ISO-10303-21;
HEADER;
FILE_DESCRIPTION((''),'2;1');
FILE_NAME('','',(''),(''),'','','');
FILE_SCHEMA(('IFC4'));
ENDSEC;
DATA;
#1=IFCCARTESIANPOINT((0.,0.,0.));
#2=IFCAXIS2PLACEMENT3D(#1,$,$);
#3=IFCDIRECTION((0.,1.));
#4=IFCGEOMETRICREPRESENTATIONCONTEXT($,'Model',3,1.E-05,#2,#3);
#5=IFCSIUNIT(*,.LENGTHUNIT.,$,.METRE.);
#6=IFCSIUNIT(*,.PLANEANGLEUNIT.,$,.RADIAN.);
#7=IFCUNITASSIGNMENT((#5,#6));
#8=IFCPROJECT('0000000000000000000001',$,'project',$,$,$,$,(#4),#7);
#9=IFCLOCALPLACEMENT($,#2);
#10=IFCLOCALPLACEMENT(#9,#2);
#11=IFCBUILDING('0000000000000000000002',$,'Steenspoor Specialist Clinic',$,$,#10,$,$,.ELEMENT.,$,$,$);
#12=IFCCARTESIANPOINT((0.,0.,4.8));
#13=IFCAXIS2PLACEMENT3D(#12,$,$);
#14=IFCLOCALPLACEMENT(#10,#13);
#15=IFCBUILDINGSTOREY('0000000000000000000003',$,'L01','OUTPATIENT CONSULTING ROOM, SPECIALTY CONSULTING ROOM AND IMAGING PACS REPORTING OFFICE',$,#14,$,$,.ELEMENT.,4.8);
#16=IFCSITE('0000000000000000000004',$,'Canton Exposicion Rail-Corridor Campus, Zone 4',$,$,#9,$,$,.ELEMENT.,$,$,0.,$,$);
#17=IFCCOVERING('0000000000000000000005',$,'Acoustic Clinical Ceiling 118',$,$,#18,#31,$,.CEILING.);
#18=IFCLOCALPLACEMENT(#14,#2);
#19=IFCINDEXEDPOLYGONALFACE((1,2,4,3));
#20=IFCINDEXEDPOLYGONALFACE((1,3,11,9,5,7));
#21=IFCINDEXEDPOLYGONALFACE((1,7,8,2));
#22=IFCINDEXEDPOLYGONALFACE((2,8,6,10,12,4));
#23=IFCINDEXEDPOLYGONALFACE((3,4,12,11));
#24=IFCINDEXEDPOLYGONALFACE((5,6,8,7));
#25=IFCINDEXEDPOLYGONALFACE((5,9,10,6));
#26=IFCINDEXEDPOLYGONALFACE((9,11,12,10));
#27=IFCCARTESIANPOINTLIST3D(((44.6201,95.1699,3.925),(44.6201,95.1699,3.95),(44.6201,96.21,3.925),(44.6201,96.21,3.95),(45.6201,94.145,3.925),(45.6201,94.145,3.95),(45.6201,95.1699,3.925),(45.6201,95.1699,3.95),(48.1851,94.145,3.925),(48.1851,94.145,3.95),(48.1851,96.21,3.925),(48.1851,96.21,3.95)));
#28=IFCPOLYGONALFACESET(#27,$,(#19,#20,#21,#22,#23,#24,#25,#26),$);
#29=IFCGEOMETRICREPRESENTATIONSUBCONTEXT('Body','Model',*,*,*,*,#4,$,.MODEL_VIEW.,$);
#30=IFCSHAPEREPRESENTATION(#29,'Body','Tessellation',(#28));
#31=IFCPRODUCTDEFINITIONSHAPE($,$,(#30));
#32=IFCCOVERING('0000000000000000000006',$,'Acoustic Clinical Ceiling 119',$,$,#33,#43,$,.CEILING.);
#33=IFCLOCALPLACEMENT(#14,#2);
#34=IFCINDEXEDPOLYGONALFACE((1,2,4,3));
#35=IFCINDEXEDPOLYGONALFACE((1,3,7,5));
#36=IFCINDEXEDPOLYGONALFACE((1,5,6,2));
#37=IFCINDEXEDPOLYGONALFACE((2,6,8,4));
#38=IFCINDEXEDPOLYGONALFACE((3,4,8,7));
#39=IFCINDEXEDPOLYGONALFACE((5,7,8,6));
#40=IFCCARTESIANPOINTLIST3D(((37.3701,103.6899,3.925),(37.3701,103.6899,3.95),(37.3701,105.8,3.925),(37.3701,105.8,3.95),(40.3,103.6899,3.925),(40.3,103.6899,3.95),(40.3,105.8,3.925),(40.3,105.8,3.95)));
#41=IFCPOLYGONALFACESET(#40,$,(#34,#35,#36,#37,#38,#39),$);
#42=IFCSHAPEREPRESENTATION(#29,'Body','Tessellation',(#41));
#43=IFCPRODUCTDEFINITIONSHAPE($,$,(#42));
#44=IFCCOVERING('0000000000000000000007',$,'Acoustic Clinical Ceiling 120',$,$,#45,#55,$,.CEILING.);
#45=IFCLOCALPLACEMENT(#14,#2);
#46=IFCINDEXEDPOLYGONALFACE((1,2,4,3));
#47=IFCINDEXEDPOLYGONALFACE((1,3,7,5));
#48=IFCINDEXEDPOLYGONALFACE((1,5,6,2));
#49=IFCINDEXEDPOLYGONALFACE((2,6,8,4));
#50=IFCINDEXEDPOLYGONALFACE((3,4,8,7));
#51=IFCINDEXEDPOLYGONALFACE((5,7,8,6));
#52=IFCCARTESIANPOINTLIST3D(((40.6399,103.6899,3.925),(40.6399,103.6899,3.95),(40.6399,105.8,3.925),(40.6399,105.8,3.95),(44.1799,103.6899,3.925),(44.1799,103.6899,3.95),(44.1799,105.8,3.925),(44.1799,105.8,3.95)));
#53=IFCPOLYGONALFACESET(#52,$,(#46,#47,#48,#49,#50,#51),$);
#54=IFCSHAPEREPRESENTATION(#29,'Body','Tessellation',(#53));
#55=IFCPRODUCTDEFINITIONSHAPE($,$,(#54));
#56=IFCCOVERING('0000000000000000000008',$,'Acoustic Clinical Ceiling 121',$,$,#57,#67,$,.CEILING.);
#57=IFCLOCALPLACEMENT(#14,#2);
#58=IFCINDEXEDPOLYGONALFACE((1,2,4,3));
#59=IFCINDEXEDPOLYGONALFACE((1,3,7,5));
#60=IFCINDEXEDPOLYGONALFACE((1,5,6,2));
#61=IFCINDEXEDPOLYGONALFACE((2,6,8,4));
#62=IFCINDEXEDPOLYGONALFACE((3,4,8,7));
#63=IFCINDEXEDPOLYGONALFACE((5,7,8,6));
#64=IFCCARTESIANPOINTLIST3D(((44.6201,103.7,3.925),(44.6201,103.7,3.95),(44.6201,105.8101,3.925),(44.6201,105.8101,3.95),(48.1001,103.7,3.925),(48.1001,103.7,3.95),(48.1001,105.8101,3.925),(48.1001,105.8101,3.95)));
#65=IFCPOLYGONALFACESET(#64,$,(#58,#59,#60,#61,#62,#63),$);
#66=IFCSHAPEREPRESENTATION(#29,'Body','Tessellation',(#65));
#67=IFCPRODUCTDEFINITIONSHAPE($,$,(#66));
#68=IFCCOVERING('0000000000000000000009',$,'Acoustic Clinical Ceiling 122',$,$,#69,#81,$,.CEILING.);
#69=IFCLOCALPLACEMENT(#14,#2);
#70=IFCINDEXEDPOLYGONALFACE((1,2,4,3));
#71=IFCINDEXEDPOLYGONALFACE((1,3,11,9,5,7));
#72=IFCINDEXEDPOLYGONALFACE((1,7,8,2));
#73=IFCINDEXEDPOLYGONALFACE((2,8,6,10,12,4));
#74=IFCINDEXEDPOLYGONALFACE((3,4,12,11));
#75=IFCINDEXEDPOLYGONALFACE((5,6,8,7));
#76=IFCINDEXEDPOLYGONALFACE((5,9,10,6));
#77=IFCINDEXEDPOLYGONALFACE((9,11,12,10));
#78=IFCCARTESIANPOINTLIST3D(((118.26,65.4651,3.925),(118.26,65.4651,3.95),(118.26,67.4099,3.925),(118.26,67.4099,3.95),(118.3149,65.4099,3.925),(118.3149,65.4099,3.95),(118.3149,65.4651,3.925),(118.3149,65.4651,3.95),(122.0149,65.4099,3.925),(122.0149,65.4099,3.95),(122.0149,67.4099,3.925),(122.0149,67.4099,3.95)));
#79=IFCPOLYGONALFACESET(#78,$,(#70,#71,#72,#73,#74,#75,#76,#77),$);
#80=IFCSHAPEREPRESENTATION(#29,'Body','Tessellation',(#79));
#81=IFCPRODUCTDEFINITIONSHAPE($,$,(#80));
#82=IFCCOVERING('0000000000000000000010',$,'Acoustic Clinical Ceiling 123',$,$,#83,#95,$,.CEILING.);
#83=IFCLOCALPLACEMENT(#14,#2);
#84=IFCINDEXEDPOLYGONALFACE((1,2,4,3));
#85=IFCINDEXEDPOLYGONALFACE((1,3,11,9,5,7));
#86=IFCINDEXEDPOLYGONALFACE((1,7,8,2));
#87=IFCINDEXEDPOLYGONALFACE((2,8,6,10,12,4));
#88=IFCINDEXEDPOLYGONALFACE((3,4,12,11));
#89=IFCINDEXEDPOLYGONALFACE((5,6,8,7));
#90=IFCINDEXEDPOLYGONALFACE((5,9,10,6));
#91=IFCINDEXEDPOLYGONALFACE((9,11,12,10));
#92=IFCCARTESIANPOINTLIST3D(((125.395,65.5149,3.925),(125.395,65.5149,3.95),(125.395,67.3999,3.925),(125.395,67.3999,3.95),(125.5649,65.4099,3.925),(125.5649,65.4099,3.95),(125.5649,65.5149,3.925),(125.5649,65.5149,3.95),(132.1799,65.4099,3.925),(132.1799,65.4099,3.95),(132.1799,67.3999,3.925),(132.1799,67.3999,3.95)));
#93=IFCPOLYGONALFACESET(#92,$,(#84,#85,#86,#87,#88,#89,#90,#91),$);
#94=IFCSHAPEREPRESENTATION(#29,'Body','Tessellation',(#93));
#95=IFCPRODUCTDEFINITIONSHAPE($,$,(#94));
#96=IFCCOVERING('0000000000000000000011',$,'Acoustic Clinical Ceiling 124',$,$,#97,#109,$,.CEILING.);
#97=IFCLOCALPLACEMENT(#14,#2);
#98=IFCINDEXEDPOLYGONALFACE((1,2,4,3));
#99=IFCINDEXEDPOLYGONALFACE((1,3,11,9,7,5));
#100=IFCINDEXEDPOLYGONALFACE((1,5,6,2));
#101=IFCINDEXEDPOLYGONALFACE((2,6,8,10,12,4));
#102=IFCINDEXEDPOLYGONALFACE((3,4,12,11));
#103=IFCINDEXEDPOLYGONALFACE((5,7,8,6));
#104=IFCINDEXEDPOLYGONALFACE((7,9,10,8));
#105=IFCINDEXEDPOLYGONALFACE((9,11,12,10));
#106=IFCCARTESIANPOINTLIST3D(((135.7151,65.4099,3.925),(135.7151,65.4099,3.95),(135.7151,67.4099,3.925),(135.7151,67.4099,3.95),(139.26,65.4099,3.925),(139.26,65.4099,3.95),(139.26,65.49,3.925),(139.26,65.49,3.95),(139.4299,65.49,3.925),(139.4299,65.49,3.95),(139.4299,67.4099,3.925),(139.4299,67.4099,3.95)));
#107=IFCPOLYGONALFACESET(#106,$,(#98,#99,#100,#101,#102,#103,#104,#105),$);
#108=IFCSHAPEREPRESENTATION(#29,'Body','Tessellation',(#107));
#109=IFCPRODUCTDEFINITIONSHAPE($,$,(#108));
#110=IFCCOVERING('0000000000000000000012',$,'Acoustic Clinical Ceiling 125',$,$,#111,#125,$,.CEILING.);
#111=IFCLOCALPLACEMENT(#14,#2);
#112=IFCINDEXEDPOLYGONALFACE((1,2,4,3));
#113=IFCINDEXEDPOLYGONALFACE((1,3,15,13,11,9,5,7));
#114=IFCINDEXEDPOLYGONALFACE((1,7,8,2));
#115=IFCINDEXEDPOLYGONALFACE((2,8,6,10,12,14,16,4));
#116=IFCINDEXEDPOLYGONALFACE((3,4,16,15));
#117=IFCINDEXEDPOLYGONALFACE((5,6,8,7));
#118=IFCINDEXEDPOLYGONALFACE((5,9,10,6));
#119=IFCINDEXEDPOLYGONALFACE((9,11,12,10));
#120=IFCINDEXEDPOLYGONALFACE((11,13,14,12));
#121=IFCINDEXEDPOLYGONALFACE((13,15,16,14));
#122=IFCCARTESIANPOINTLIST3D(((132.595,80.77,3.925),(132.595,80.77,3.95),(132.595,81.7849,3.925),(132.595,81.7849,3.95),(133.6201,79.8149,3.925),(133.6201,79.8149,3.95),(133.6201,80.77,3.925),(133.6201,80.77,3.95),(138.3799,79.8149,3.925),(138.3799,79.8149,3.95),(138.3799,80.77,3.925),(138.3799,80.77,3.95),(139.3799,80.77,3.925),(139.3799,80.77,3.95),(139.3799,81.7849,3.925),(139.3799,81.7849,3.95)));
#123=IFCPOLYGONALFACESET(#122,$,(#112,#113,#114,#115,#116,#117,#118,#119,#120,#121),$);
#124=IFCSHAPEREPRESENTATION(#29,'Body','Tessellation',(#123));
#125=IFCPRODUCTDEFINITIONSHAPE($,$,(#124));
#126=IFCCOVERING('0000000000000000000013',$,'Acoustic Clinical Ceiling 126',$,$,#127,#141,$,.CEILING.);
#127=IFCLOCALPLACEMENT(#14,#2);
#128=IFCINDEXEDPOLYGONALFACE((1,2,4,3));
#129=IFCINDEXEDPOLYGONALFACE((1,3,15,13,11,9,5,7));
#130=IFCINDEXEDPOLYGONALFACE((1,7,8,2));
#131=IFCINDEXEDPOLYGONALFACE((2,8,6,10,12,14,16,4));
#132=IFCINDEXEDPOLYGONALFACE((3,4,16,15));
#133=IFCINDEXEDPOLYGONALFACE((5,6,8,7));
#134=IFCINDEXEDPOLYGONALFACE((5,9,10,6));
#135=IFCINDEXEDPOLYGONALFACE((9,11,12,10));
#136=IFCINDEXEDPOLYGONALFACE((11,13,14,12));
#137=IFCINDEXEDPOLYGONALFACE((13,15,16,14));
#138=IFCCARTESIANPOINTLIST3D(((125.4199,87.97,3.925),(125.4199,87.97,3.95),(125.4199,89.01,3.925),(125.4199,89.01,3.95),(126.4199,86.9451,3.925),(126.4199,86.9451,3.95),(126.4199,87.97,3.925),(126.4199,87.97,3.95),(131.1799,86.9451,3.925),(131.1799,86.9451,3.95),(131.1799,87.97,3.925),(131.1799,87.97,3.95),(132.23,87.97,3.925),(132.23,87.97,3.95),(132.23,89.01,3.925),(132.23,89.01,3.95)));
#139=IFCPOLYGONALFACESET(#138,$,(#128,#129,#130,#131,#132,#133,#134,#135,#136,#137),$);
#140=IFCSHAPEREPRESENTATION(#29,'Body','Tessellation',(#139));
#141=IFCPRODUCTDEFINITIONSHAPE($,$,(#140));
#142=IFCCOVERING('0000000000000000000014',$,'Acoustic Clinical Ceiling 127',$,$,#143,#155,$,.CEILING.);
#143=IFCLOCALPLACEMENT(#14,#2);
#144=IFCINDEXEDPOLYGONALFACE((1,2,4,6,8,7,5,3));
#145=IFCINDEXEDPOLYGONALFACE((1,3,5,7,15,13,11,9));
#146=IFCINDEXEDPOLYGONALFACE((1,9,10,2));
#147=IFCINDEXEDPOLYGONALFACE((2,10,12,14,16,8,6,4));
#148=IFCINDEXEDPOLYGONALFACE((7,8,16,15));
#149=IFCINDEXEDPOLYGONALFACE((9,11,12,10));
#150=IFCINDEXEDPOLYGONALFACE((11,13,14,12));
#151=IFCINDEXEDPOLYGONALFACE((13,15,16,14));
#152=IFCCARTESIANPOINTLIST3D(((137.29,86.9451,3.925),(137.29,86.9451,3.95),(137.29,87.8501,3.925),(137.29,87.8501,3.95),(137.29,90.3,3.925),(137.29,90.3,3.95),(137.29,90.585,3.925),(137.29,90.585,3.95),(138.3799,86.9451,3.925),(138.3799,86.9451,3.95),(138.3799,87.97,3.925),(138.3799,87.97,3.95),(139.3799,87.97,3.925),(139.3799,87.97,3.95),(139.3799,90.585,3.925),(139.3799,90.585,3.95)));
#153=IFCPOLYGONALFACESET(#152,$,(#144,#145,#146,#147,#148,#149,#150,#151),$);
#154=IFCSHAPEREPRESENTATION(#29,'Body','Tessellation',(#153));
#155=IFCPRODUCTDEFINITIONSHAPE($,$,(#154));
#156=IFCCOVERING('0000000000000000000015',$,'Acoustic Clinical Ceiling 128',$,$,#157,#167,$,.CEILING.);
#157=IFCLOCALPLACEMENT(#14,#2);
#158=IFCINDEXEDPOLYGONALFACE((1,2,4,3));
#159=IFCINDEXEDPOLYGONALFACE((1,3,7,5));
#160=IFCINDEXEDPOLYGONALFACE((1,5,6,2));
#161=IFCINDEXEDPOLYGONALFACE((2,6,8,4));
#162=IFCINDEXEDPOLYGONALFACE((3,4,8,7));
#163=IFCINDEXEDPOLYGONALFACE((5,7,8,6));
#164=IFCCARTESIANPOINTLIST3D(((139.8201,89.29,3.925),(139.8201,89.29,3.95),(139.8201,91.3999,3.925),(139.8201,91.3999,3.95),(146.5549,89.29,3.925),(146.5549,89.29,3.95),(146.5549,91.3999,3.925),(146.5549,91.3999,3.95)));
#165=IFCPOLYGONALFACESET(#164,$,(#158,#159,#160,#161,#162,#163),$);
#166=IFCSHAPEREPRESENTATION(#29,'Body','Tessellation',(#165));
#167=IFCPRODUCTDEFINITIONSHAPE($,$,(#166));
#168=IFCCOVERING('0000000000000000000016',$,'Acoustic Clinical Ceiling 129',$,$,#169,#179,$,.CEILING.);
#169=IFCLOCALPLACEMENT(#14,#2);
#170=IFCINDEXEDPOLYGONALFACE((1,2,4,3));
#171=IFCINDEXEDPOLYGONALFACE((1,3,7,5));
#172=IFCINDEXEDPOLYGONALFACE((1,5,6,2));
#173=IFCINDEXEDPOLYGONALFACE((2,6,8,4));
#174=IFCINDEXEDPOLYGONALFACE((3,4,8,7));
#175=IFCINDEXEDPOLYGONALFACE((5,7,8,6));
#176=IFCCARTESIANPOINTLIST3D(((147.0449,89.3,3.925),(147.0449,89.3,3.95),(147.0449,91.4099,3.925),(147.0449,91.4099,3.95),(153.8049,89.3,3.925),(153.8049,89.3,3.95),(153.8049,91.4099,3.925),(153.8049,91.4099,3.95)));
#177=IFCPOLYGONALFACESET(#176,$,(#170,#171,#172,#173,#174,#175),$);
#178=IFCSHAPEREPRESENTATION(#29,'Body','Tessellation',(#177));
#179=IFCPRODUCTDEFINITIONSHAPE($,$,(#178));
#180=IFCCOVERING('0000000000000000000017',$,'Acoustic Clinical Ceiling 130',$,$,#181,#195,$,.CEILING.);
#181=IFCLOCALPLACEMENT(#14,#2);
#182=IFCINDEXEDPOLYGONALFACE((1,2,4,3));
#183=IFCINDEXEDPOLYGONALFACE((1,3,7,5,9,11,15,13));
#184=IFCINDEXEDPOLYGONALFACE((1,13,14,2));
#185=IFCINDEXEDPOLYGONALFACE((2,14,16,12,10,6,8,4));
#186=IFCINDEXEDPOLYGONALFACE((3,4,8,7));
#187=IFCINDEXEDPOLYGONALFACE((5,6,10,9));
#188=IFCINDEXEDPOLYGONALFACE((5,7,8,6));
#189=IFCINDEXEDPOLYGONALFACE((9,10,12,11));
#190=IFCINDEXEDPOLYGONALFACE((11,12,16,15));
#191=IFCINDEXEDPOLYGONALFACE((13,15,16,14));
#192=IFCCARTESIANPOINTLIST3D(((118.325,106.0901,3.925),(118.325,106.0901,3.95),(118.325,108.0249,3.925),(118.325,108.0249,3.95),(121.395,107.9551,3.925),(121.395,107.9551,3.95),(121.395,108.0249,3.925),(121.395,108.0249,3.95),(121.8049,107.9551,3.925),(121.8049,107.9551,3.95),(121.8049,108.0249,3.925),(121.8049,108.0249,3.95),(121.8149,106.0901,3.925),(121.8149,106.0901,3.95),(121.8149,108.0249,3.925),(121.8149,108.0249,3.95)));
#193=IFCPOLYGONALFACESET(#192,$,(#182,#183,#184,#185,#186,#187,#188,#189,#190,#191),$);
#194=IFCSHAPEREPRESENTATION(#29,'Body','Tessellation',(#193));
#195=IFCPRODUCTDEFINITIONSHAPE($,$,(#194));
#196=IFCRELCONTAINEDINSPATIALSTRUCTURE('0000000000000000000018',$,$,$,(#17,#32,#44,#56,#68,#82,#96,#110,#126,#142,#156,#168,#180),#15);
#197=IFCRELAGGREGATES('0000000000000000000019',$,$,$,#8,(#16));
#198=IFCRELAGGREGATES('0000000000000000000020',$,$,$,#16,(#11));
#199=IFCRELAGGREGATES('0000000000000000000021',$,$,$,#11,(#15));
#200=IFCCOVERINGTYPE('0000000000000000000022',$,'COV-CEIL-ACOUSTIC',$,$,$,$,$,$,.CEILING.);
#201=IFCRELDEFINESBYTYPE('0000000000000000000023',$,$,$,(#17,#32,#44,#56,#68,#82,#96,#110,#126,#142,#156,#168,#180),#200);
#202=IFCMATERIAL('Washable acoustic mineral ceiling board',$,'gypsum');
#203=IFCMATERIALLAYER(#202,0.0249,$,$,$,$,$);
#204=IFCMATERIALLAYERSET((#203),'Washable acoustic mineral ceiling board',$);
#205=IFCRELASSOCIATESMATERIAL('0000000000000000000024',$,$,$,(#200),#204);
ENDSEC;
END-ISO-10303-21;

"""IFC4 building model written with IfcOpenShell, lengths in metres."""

from ifc_helpers import new_model, si_unit, direction, frame, origin, place, context, subcontext, project, spatial, polyline, outline, extrude, material, layer, layer_set, type_object, element, save


model = new_model("IFC4")

# Units and contexts
model_context = context("Model", 3, precision=1e-05, world=origin(), true_north=direction((0.0, 1.0)))
body_context = subcontext(model_context, "Body", "Model", "MODEL_VIEW")
ifc_project = project(units=[si_unit("LENGTHUNIT", "METRE"), si_unit("PLANEANGLEUNIT", "RADIAN")], contexts=[model_context])

# Site, building, storey
site_placement = place(None, origin())
site = spatial("IfcSite", under=ifc_project, at=site_placement, Name="Canton Exposicion Rail-Corridor Campus, Zone 4", CompositionType="ELEMENT", RefElevation=0.0)
building_placement = place(site_placement, origin())
building = spatial("IfcBuilding", under=site, at=building_placement, Name="Steenspoor Specialist Clinic", CompositionType="ELEMENT")
storey_placement = place(building_placement, frame((0.0, 0.0, 4.8)))
storey = spatial("IfcBuildingStorey", under=building, at=storey_placement, Name="L01", Description="OUTPATIENT CONSULTING ROOM, SPECIALTY CONSULTING ROOM AND IMAGING PACS REPORTING OFFICE", CompositionType="ELEMENT", Elevation=4.8)

# Coverings
ifc_material = material(Name="Washable acoustic mineral ceiling board", Category="gypsum")
ifc_layer = layer(ifc_material, 0.0249)
ifc_layer_set = layer_set([ifc_layer], Name="Washable acoustic mineral ceiling board")
covering_type = type_object("IfcCoveringType", Name="COV-CEIL-ACOUSTIC", PredefinedType="CEILING", material=ifc_layer_set)
covering_1_placement = place(storey_placement, frame((0.0, 0.0, 3.925)))
element("IfcCovering", 1, at=covering_1_placement, inside=storey, type_object=covering_type, Name="Acoustic Clinical Ceiling 118", PredefinedType="CEILING", context=body_context, shape_type="SweptSolid", body=[
    extrude(outline(polyline([(48.1851, 94.145), (45.6201, 94.145), (45.6201, 95.1699), (44.6201, 95.1699), (44.6201, 96.21), (48.1851, 96.21), (48.1851, 94.145)])), origin(), (0.0, 0.0, 1.0), 0.0249),
])
covering_2_placement = place(storey_placement, frame((0.0, 0.0, 3.925)))
element("IfcCovering", 2, at=covering_2_placement, inside=storey, type_object=covering_type, Name="Acoustic Clinical Ceiling 119", PredefinedType="CEILING", context=body_context, shape_type="SweptSolid", body=[
    extrude(outline(polyline([(40.3, 103.6899), (37.3701, 103.6899), (37.3701, 105.8), (40.3, 105.8), (40.3, 103.6899)])), origin(), (0.0, 0.0, 1.0), 0.0249),
])
covering_3_placement = place(storey_placement, frame((0.0, 0.0, 3.925)))
element("IfcCovering", 3, at=covering_3_placement, inside=storey, type_object=covering_type, Name="Acoustic Clinical Ceiling 120", PredefinedType="CEILING", context=body_context, shape_type="SweptSolid", body=[
    extrude(outline(polyline([(40.6399, 105.8), (44.1799, 105.8), (44.1799, 103.6899), (40.6399, 103.6899), (40.6399, 105.8)])), origin(), (0.0, 0.0, 1.0), 0.0249),
])
covering_4_placement = place(storey_placement, frame((0.0, 0.0, 3.925)))
element("IfcCovering", 4, at=covering_4_placement, inside=storey, type_object=covering_type, Name="Acoustic Clinical Ceiling 121", PredefinedType="CEILING", context=body_context, shape_type="SweptSolid", body=[
    extrude(outline(polyline([(48.1001, 103.7), (44.6201, 103.7), (44.6201, 105.8101), (48.1001, 105.8101), (48.1001, 103.7)])), origin(), (0.0, 0.0, 1.0), 0.0249),
])
covering_5_placement = place(storey_placement, frame((0.0, 0.0, 3.925)))
element("IfcCovering", 5, at=covering_5_placement, inside=storey, type_object=covering_type, Name="Acoustic Clinical Ceiling 122", PredefinedType="CEILING", context=body_context, shape_type="SweptSolid", body=[
    extrude(outline(polyline([(118.26, 67.4099), (122.0149, 67.4099), (122.0149, 65.4099), (118.3149, 65.4099), (118.3149, 65.4651), (118.26, 65.4651), (118.26, 67.4099)])), origin(), (0.0, 0.0, 1.0), 0.0249),
])
covering_6_placement = place(storey_placement, frame((0.0, 0.0, 3.925)))
element("IfcCovering", 6, at=covering_6_placement, inside=storey, type_object=covering_type, Name="Acoustic Clinical Ceiling 123", PredefinedType="CEILING", context=body_context, shape_type="SweptSolid", body=[
    extrude(outline(polyline([(125.5649, 65.4099), (125.5649, 65.5149), (125.395, 65.5149), (125.395, 67.3999), (132.1799, 67.3999), (132.1799, 65.4099), (125.5649, 65.4099)])), origin(), (0.0, 0.0, 1.0), 0.0249),
])
covering_7_placement = place(storey_placement, frame((0.0, 0.0, 3.925)))
element("IfcCovering", 7, at=covering_7_placement, inside=storey, type_object=covering_type, Name="Acoustic Clinical Ceiling 124", PredefinedType="CEILING", context=body_context, shape_type="SweptSolid", body=[
    extrude(outline(polyline([(135.7151, 65.4099), (135.7151, 67.4099), (139.4299, 67.4099), (139.4299, 65.49), (139.26, 65.49), (139.26, 65.4099), (135.7151, 65.4099)])), origin(), (0.0, 0.0, 1.0), 0.0249),
])
covering_8_placement = place(storey_placement, frame((0.0, 0.0, 3.925)))
element("IfcCovering", 8, at=covering_8_placement, inside=storey, type_object=covering_type, Name="Acoustic Clinical Ceiling 125", PredefinedType="CEILING", context=body_context, shape_type="SweptSolid", body=[
    extrude(outline(polyline([(133.6201, 79.8149), (133.6201, 80.77), (132.595, 80.77), (132.595, 81.7849), (139.3799, 81.7849), (139.3799, 80.77), (138.3799, 80.77), (138.3799, 79.8149), (133.6201, 79.8149)])), origin(), (0.0, 0.0, 1.0), 0.0249),
])
covering_9_placement = place(storey_placement, frame((0.0, 0.0, 3.925)))
element("IfcCovering", 9, at=covering_9_placement, inside=storey, type_object=covering_type, Name="Acoustic Clinical Ceiling 126", PredefinedType="CEILING", context=body_context, shape_type="SweptSolid", body=[
    extrude(outline(polyline([(125.4199, 89.01), (132.23, 89.01), (132.23, 87.97), (131.1799, 87.97), (131.1799, 86.9451), (126.4199, 86.9451), (126.4199, 87.97), (125.4199, 87.97), (125.4199, 89.01)])), origin(), (0.0, 0.0, 1.0), 0.0249),
])
covering_10_placement = place(storey_placement, frame((0.0, 0.0, 3.925)))
element("IfcCovering", 10, at=covering_10_placement, inside=storey, type_object=covering_type, Name="Acoustic Clinical Ceiling 127", PredefinedType="CEILING", context=body_context, shape_type="SweptSolid", body=[
    extrude(outline(polyline([(137.29, 87.8501), (137.29, 90.3), (137.29, 90.585), (139.3799, 90.585), (139.3799, 87.97), (138.3799, 87.97), (138.3799, 86.9451), (137.29, 86.9451), (137.29, 87.8501)])), origin(), (0.0, 0.0, 1.0), 0.0249),
])
covering_11_placement = place(storey_placement, frame((0.0, 0.0, 3.925)))
element("IfcCovering", 11, at=covering_11_placement, inside=storey, type_object=covering_type, Name="Acoustic Clinical Ceiling 128", PredefinedType="CEILING", context=body_context, shape_type="SweptSolid", body=[
    extrude(outline(polyline([(139.8201, 89.29), (139.8201, 91.3999), (146.5549, 91.3999), (146.5549, 89.29), (139.8201, 89.29)])), origin(), (0.0, 0.0, 1.0), 0.0249),
])
covering_12_placement = place(storey_placement, frame((0.0, 0.0, 3.925)))
element("IfcCovering", 12, at=covering_12_placement, inside=storey, type_object=covering_type, Name="Acoustic Clinical Ceiling 129", PredefinedType="CEILING", context=body_context, shape_type="SweptSolid", body=[
    extrude(outline(polyline([(153.8049, 89.3), (147.0449, 89.3), (147.0449, 91.4099), (153.8049, 91.4099), (153.8049, 89.3)])), origin(), (0.0, 0.0, 1.0), 0.0249),
])
covering_13_placement = place(storey_placement, frame((0.0, 0.0, 3.925)))
element("IfcCovering", 13, at=covering_13_placement, inside=storey, type_object=covering_type, Name="Acoustic Clinical Ceiling 130", PredefinedType="CEILING", context=body_context, shape_type="SweptSolid", body=[
    extrude(outline(polyline([(118.325, 108.0249), (121.395, 108.0249), (121.395, 107.9551), (121.8049, 107.9551), (121.8049, 108.0249), (121.8149, 108.0249), (121.8149, 106.0901), (118.325, 106.0901), (118.325, 108.0249)])), origin(), (0.0, 0.0, 1.0), 0.0249),
])

save(model, "model.ifc")
